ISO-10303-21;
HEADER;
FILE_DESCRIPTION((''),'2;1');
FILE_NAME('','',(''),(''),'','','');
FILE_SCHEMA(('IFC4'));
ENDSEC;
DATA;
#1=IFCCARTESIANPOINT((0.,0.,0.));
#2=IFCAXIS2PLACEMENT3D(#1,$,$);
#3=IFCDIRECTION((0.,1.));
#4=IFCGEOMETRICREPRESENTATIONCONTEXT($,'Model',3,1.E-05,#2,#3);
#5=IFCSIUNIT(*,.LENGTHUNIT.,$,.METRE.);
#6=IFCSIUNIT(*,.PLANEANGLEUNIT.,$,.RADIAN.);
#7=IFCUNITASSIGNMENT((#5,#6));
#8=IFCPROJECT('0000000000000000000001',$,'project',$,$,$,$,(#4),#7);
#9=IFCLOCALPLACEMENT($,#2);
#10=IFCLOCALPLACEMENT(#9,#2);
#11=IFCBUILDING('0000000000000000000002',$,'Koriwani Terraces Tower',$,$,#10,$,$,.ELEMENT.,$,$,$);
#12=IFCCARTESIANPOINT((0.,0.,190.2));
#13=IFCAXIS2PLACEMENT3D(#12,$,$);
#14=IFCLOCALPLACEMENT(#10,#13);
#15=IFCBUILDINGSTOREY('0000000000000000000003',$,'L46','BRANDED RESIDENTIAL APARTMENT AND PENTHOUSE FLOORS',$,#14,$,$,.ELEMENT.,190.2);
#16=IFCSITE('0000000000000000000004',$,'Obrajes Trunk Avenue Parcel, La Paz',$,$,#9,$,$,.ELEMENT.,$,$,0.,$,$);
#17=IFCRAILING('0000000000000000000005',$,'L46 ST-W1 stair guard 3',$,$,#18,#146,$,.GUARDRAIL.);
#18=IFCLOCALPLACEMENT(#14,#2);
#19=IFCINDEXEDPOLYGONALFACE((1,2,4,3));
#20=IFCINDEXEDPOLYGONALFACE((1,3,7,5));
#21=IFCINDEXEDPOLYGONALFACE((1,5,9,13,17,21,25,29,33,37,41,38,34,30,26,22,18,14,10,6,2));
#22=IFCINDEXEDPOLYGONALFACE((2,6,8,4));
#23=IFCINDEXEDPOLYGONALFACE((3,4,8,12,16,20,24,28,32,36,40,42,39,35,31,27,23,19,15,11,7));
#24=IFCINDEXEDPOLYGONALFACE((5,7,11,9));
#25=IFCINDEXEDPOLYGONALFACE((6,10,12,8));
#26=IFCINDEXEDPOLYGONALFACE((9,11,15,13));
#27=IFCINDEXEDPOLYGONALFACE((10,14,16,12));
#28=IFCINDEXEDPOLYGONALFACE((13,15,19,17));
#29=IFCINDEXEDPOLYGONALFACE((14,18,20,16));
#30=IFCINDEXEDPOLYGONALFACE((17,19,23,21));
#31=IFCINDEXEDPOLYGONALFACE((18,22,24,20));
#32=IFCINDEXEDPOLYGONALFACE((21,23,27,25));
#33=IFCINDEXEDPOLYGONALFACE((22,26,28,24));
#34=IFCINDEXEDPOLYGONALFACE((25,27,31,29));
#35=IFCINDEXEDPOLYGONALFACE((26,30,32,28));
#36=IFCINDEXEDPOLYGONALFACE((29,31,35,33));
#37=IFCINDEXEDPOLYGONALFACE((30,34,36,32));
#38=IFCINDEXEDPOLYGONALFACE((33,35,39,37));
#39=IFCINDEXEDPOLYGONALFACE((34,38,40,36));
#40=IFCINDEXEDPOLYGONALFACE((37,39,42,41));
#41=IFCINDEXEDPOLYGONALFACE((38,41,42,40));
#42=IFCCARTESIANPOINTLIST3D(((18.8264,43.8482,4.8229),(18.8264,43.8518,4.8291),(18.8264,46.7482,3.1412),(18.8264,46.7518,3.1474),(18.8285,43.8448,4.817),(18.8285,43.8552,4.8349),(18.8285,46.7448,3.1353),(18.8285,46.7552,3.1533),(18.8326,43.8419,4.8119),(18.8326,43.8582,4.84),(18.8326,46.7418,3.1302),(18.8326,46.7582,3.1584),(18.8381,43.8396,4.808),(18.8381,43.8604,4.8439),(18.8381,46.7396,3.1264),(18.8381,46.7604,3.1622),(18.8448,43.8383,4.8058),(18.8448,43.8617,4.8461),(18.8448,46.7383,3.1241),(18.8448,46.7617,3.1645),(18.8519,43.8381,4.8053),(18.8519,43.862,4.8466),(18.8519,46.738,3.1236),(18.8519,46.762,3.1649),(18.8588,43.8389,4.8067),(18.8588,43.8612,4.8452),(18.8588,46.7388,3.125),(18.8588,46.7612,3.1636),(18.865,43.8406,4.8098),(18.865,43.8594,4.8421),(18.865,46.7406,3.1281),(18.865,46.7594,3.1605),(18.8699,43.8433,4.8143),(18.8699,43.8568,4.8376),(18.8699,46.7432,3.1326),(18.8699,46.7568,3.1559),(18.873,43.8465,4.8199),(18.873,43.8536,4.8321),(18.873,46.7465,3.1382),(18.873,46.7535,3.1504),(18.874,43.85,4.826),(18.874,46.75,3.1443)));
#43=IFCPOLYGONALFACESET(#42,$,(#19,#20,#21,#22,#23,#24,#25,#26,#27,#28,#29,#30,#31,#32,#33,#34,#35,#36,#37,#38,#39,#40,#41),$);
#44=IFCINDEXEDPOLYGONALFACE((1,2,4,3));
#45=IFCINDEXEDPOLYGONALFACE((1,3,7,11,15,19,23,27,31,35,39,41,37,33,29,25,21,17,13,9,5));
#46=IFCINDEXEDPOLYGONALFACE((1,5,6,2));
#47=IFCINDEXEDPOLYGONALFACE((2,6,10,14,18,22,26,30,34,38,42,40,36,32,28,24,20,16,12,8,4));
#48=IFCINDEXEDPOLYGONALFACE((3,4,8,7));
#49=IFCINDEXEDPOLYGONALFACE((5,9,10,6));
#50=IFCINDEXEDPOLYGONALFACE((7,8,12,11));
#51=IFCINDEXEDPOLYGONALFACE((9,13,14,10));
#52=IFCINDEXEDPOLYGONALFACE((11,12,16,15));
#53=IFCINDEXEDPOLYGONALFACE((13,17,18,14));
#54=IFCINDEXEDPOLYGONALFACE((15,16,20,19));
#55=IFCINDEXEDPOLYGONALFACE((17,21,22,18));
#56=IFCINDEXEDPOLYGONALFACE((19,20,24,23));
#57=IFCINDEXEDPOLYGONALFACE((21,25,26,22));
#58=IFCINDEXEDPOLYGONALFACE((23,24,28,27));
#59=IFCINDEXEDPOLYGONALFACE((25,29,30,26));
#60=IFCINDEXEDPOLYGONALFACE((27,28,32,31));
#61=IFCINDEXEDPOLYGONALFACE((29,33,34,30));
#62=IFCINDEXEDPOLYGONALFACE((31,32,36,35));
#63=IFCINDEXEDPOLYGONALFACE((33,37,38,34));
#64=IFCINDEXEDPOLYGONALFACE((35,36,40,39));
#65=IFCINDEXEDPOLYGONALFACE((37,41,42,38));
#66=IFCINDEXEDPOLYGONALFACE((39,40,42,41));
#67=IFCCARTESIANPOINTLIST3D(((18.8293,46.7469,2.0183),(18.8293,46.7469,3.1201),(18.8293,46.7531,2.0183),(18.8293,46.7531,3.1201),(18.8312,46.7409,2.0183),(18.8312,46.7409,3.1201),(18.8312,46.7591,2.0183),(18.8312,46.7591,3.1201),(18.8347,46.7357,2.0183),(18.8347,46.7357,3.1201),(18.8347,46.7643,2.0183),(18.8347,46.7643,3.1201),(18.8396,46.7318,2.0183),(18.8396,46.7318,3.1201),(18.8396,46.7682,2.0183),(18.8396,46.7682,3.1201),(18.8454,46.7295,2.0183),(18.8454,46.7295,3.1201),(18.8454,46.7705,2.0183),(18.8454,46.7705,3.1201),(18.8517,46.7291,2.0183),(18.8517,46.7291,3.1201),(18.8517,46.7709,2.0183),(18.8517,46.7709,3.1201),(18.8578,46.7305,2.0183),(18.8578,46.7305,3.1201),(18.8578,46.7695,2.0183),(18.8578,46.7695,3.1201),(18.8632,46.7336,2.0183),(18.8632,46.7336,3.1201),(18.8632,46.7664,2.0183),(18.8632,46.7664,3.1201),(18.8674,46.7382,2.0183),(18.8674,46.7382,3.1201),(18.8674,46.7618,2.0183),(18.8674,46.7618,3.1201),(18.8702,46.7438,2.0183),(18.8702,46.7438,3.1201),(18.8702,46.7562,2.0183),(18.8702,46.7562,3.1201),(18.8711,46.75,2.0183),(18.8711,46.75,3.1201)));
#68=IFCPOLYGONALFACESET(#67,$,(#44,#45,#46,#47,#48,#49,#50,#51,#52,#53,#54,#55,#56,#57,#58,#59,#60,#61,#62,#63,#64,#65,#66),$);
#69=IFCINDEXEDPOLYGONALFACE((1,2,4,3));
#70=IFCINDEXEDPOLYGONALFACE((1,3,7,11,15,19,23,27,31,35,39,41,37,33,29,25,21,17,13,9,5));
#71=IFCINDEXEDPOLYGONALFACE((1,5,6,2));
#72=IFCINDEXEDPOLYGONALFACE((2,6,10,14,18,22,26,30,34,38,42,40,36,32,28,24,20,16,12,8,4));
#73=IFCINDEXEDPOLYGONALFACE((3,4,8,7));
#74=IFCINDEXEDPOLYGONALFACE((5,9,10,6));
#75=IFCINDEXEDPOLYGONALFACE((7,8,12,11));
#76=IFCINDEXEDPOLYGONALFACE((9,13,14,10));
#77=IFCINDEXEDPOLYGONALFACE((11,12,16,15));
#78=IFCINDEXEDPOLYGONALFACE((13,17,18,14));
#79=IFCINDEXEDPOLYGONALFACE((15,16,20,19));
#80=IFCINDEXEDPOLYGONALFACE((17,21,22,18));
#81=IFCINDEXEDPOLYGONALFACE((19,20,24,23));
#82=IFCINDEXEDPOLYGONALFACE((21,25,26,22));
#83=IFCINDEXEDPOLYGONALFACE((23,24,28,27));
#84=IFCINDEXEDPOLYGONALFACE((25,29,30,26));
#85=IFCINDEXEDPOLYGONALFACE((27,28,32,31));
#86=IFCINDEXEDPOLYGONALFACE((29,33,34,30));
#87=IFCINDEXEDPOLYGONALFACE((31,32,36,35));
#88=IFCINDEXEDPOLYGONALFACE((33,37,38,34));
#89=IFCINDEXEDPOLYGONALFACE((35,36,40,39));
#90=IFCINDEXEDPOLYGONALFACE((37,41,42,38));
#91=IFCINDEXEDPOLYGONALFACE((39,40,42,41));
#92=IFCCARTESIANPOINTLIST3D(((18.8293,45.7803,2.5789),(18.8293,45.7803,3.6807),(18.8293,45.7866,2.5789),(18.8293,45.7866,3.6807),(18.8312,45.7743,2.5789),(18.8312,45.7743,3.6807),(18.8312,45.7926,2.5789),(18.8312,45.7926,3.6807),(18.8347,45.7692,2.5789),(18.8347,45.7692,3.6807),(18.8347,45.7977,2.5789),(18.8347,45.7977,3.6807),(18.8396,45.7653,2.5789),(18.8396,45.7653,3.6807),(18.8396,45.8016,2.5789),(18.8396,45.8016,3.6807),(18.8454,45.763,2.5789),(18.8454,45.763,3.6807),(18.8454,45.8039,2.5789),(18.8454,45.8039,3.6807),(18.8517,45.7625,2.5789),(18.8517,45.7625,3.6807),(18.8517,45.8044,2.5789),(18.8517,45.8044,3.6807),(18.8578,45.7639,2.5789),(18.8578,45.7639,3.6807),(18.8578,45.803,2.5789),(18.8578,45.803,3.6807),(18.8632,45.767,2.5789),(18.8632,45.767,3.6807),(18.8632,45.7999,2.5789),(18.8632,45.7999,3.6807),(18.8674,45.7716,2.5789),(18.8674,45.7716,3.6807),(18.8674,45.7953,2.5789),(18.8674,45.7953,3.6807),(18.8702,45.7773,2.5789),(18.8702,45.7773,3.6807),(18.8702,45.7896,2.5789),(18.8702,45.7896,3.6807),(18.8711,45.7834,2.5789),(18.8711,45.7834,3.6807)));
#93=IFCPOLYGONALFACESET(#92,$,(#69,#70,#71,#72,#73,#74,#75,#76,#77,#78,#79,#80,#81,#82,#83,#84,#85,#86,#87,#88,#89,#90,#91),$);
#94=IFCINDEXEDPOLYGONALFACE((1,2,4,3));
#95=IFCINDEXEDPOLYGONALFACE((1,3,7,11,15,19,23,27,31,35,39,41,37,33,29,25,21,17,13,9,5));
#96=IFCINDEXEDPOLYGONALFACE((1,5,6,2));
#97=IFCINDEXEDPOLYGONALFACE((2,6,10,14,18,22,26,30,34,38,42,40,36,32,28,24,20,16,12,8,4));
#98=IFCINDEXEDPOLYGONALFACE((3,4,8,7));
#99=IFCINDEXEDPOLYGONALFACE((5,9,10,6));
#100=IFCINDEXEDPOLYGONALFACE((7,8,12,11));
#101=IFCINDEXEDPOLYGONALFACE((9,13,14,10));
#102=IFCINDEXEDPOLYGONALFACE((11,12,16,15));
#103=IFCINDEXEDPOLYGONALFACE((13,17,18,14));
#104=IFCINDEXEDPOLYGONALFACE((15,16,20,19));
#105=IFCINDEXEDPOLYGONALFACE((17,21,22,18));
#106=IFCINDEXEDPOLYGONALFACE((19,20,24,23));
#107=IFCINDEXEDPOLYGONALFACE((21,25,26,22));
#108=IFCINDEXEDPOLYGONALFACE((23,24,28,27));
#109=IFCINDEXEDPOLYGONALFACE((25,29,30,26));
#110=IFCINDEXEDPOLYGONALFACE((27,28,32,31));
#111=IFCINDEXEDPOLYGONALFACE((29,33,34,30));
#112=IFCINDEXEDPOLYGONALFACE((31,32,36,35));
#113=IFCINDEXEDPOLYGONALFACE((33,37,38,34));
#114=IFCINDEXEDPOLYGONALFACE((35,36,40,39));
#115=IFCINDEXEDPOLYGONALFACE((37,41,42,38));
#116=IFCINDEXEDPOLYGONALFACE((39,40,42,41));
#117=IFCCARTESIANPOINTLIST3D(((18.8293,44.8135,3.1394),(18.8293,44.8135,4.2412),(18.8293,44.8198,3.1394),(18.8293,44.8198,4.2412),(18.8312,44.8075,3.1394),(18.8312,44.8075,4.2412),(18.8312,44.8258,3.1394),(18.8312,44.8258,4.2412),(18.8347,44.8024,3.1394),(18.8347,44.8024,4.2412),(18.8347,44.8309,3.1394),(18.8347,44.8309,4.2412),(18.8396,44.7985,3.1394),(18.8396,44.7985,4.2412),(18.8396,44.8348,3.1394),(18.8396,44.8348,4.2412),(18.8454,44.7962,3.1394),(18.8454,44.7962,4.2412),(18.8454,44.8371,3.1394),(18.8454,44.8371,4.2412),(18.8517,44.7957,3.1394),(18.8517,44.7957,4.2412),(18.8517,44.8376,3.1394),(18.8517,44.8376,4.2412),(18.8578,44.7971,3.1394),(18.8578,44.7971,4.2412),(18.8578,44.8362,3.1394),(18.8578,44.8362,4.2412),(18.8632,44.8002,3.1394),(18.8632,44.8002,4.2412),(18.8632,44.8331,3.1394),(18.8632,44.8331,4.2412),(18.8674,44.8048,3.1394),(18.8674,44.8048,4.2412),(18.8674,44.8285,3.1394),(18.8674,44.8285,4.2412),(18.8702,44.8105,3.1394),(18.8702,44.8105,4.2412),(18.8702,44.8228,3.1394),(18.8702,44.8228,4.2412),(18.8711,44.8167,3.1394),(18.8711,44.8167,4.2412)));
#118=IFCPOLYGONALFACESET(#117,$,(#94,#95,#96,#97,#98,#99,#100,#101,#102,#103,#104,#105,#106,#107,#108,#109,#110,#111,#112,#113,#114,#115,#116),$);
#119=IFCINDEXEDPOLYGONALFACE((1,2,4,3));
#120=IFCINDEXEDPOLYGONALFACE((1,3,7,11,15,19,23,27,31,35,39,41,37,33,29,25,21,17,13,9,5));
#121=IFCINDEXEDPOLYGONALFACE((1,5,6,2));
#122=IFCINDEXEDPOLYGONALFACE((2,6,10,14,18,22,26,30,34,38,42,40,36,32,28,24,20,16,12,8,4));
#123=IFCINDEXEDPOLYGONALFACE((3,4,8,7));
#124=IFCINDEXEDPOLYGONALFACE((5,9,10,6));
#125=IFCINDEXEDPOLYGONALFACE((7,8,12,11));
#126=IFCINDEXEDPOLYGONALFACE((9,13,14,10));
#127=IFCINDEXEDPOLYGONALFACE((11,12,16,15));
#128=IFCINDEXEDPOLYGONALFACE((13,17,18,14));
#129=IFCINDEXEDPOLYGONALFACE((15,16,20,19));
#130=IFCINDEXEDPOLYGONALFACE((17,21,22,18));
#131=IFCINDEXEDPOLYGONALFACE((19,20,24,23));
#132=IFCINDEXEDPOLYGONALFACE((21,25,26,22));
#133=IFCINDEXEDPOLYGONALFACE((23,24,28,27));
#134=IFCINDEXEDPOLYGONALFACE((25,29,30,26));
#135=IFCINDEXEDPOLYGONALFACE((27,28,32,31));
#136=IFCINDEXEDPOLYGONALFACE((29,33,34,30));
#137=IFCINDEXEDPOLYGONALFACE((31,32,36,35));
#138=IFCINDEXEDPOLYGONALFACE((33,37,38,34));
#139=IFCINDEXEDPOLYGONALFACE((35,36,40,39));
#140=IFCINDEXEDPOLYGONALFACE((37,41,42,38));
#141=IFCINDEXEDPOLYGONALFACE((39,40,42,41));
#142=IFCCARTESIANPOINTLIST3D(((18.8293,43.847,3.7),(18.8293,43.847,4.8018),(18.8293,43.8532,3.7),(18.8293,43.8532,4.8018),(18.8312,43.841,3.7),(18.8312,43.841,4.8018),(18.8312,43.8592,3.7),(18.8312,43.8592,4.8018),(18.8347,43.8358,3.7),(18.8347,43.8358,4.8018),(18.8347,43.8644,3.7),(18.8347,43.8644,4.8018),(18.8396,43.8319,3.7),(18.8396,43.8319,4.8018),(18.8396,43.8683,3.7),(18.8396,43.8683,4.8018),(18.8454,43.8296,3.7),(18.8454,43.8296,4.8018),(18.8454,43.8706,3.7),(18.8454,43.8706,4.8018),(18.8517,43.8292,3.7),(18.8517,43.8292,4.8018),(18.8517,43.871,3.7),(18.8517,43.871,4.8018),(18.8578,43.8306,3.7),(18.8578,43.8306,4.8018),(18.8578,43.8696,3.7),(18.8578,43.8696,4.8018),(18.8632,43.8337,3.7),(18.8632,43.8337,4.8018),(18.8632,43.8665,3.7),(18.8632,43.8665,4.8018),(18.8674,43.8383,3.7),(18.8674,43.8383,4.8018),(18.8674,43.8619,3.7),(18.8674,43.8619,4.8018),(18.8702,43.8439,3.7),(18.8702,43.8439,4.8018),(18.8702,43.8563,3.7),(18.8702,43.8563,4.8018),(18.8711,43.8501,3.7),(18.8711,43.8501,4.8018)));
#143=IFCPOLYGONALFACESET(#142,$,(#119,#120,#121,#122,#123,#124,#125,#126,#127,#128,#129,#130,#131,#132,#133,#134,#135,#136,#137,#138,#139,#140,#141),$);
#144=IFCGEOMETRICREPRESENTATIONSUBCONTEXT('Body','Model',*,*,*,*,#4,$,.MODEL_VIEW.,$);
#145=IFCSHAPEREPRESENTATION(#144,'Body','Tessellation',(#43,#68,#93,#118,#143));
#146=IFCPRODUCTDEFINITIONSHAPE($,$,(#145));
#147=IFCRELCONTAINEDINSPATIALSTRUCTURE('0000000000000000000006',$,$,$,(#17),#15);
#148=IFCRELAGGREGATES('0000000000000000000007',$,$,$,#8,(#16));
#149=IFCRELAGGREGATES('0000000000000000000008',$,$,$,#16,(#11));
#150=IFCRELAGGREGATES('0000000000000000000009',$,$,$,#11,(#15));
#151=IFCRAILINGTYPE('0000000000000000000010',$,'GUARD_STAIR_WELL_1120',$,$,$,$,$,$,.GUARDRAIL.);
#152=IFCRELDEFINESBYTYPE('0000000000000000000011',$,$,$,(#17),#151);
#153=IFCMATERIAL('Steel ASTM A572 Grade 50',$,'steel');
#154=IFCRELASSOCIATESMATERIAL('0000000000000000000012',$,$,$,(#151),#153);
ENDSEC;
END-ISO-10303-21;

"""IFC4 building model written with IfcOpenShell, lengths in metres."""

from ifc_helpers import new_model, si_unit, direction, frame, origin, origin_2d, place, context, subcontext, project, spatial, circle, extrude, material, type_object, element, save


model = new_model("IFC4")

# Units and contexts
model_context = context("Model", 3, precision=1e-05, world=origin(), true_north=direction((0.0, 1.0)))
body_context = subcontext(model_context, "Body", "Model", "MODEL_VIEW")
ifc_project = project(units=[si_unit("LENGTHUNIT", "METRE"), si_unit("PLANEANGLEUNIT", "RADIAN")], contexts=[model_context])

# Site, building, storey
site_placement = place(None, origin())
site = spatial("IfcSite", under=ifc_project, at=site_placement, Name="Obrajes Trunk Avenue Parcel, La Paz", CompositionType="ELEMENT", RefElevation=0.0)
building_placement = place(site_placement, origin())
building = spatial("IfcBuilding", under=site, at=building_placement, Name="Koriwani Terraces Tower", CompositionType="ELEMENT")
storey_placement = place(building_placement, frame((0.0, 0.0, 190.2)))
storey = spatial("IfcBuildingStorey", under=building, at=storey_placement, Name="L46", Description="BRANDED RESIDENTIAL APARTMENT AND PENTHOUSE FLOORS", CompositionType="ELEMENT", Elevation=190.2)

# Shared definitions
ifc_material_1 = material(Name="Steel ASTM A572 Grade 50", Category="steel")

# Railing
railing_type_1 = type_object("IfcRailingType", Name="GUARD_STAIR_WELL_1120", PredefinedType="GUARDRAIL", material=ifc_material_1)
railing_1_placement = place(storey_placement, frame((18.8501, 46.75, 2.0183)))
element("IfcRailing", 1, at=railing_1_placement, inside=storey, type_object=railing_type_1, Name="L46 ST-W1 stair guard 3", PredefinedType="GUARDRAIL", context=body_context, shape_type="SweptSolid", body=[
    extrude(circle(Radius=0.0239, at=origin_2d()), frame((0.0, 0.0, 1.126), z_axis=(0.0, -0.86507, 0.501651), x_axis=(1.0, 0.0, 0.0)), (0.0, 0.0, 1.0), 3.3523),
    extrude(circle(Radius=0.021, at=origin_2d()), origin(), (0.0, 0.0, 1.0), 1.1018),
    extrude(circle(Radius=0.021, at=origin_2d()), frame((0.0, -0.9666, 0.5605)), (0.0, 0.0, 1.0), 1.1018),
    extrude(circle(Radius=0.021, at=origin_2d()), frame((0.0, -1.9333, 1.1211)), (0.0, 0.0, 1.0), 1.1018),
    extrude(circle(Radius=0.021, at=origin_2d()), frame((0.0, -2.8999, 1.6816)), (0.0, 0.0, 1.0), 1.1018),
])

save(model, "model.ifc")
